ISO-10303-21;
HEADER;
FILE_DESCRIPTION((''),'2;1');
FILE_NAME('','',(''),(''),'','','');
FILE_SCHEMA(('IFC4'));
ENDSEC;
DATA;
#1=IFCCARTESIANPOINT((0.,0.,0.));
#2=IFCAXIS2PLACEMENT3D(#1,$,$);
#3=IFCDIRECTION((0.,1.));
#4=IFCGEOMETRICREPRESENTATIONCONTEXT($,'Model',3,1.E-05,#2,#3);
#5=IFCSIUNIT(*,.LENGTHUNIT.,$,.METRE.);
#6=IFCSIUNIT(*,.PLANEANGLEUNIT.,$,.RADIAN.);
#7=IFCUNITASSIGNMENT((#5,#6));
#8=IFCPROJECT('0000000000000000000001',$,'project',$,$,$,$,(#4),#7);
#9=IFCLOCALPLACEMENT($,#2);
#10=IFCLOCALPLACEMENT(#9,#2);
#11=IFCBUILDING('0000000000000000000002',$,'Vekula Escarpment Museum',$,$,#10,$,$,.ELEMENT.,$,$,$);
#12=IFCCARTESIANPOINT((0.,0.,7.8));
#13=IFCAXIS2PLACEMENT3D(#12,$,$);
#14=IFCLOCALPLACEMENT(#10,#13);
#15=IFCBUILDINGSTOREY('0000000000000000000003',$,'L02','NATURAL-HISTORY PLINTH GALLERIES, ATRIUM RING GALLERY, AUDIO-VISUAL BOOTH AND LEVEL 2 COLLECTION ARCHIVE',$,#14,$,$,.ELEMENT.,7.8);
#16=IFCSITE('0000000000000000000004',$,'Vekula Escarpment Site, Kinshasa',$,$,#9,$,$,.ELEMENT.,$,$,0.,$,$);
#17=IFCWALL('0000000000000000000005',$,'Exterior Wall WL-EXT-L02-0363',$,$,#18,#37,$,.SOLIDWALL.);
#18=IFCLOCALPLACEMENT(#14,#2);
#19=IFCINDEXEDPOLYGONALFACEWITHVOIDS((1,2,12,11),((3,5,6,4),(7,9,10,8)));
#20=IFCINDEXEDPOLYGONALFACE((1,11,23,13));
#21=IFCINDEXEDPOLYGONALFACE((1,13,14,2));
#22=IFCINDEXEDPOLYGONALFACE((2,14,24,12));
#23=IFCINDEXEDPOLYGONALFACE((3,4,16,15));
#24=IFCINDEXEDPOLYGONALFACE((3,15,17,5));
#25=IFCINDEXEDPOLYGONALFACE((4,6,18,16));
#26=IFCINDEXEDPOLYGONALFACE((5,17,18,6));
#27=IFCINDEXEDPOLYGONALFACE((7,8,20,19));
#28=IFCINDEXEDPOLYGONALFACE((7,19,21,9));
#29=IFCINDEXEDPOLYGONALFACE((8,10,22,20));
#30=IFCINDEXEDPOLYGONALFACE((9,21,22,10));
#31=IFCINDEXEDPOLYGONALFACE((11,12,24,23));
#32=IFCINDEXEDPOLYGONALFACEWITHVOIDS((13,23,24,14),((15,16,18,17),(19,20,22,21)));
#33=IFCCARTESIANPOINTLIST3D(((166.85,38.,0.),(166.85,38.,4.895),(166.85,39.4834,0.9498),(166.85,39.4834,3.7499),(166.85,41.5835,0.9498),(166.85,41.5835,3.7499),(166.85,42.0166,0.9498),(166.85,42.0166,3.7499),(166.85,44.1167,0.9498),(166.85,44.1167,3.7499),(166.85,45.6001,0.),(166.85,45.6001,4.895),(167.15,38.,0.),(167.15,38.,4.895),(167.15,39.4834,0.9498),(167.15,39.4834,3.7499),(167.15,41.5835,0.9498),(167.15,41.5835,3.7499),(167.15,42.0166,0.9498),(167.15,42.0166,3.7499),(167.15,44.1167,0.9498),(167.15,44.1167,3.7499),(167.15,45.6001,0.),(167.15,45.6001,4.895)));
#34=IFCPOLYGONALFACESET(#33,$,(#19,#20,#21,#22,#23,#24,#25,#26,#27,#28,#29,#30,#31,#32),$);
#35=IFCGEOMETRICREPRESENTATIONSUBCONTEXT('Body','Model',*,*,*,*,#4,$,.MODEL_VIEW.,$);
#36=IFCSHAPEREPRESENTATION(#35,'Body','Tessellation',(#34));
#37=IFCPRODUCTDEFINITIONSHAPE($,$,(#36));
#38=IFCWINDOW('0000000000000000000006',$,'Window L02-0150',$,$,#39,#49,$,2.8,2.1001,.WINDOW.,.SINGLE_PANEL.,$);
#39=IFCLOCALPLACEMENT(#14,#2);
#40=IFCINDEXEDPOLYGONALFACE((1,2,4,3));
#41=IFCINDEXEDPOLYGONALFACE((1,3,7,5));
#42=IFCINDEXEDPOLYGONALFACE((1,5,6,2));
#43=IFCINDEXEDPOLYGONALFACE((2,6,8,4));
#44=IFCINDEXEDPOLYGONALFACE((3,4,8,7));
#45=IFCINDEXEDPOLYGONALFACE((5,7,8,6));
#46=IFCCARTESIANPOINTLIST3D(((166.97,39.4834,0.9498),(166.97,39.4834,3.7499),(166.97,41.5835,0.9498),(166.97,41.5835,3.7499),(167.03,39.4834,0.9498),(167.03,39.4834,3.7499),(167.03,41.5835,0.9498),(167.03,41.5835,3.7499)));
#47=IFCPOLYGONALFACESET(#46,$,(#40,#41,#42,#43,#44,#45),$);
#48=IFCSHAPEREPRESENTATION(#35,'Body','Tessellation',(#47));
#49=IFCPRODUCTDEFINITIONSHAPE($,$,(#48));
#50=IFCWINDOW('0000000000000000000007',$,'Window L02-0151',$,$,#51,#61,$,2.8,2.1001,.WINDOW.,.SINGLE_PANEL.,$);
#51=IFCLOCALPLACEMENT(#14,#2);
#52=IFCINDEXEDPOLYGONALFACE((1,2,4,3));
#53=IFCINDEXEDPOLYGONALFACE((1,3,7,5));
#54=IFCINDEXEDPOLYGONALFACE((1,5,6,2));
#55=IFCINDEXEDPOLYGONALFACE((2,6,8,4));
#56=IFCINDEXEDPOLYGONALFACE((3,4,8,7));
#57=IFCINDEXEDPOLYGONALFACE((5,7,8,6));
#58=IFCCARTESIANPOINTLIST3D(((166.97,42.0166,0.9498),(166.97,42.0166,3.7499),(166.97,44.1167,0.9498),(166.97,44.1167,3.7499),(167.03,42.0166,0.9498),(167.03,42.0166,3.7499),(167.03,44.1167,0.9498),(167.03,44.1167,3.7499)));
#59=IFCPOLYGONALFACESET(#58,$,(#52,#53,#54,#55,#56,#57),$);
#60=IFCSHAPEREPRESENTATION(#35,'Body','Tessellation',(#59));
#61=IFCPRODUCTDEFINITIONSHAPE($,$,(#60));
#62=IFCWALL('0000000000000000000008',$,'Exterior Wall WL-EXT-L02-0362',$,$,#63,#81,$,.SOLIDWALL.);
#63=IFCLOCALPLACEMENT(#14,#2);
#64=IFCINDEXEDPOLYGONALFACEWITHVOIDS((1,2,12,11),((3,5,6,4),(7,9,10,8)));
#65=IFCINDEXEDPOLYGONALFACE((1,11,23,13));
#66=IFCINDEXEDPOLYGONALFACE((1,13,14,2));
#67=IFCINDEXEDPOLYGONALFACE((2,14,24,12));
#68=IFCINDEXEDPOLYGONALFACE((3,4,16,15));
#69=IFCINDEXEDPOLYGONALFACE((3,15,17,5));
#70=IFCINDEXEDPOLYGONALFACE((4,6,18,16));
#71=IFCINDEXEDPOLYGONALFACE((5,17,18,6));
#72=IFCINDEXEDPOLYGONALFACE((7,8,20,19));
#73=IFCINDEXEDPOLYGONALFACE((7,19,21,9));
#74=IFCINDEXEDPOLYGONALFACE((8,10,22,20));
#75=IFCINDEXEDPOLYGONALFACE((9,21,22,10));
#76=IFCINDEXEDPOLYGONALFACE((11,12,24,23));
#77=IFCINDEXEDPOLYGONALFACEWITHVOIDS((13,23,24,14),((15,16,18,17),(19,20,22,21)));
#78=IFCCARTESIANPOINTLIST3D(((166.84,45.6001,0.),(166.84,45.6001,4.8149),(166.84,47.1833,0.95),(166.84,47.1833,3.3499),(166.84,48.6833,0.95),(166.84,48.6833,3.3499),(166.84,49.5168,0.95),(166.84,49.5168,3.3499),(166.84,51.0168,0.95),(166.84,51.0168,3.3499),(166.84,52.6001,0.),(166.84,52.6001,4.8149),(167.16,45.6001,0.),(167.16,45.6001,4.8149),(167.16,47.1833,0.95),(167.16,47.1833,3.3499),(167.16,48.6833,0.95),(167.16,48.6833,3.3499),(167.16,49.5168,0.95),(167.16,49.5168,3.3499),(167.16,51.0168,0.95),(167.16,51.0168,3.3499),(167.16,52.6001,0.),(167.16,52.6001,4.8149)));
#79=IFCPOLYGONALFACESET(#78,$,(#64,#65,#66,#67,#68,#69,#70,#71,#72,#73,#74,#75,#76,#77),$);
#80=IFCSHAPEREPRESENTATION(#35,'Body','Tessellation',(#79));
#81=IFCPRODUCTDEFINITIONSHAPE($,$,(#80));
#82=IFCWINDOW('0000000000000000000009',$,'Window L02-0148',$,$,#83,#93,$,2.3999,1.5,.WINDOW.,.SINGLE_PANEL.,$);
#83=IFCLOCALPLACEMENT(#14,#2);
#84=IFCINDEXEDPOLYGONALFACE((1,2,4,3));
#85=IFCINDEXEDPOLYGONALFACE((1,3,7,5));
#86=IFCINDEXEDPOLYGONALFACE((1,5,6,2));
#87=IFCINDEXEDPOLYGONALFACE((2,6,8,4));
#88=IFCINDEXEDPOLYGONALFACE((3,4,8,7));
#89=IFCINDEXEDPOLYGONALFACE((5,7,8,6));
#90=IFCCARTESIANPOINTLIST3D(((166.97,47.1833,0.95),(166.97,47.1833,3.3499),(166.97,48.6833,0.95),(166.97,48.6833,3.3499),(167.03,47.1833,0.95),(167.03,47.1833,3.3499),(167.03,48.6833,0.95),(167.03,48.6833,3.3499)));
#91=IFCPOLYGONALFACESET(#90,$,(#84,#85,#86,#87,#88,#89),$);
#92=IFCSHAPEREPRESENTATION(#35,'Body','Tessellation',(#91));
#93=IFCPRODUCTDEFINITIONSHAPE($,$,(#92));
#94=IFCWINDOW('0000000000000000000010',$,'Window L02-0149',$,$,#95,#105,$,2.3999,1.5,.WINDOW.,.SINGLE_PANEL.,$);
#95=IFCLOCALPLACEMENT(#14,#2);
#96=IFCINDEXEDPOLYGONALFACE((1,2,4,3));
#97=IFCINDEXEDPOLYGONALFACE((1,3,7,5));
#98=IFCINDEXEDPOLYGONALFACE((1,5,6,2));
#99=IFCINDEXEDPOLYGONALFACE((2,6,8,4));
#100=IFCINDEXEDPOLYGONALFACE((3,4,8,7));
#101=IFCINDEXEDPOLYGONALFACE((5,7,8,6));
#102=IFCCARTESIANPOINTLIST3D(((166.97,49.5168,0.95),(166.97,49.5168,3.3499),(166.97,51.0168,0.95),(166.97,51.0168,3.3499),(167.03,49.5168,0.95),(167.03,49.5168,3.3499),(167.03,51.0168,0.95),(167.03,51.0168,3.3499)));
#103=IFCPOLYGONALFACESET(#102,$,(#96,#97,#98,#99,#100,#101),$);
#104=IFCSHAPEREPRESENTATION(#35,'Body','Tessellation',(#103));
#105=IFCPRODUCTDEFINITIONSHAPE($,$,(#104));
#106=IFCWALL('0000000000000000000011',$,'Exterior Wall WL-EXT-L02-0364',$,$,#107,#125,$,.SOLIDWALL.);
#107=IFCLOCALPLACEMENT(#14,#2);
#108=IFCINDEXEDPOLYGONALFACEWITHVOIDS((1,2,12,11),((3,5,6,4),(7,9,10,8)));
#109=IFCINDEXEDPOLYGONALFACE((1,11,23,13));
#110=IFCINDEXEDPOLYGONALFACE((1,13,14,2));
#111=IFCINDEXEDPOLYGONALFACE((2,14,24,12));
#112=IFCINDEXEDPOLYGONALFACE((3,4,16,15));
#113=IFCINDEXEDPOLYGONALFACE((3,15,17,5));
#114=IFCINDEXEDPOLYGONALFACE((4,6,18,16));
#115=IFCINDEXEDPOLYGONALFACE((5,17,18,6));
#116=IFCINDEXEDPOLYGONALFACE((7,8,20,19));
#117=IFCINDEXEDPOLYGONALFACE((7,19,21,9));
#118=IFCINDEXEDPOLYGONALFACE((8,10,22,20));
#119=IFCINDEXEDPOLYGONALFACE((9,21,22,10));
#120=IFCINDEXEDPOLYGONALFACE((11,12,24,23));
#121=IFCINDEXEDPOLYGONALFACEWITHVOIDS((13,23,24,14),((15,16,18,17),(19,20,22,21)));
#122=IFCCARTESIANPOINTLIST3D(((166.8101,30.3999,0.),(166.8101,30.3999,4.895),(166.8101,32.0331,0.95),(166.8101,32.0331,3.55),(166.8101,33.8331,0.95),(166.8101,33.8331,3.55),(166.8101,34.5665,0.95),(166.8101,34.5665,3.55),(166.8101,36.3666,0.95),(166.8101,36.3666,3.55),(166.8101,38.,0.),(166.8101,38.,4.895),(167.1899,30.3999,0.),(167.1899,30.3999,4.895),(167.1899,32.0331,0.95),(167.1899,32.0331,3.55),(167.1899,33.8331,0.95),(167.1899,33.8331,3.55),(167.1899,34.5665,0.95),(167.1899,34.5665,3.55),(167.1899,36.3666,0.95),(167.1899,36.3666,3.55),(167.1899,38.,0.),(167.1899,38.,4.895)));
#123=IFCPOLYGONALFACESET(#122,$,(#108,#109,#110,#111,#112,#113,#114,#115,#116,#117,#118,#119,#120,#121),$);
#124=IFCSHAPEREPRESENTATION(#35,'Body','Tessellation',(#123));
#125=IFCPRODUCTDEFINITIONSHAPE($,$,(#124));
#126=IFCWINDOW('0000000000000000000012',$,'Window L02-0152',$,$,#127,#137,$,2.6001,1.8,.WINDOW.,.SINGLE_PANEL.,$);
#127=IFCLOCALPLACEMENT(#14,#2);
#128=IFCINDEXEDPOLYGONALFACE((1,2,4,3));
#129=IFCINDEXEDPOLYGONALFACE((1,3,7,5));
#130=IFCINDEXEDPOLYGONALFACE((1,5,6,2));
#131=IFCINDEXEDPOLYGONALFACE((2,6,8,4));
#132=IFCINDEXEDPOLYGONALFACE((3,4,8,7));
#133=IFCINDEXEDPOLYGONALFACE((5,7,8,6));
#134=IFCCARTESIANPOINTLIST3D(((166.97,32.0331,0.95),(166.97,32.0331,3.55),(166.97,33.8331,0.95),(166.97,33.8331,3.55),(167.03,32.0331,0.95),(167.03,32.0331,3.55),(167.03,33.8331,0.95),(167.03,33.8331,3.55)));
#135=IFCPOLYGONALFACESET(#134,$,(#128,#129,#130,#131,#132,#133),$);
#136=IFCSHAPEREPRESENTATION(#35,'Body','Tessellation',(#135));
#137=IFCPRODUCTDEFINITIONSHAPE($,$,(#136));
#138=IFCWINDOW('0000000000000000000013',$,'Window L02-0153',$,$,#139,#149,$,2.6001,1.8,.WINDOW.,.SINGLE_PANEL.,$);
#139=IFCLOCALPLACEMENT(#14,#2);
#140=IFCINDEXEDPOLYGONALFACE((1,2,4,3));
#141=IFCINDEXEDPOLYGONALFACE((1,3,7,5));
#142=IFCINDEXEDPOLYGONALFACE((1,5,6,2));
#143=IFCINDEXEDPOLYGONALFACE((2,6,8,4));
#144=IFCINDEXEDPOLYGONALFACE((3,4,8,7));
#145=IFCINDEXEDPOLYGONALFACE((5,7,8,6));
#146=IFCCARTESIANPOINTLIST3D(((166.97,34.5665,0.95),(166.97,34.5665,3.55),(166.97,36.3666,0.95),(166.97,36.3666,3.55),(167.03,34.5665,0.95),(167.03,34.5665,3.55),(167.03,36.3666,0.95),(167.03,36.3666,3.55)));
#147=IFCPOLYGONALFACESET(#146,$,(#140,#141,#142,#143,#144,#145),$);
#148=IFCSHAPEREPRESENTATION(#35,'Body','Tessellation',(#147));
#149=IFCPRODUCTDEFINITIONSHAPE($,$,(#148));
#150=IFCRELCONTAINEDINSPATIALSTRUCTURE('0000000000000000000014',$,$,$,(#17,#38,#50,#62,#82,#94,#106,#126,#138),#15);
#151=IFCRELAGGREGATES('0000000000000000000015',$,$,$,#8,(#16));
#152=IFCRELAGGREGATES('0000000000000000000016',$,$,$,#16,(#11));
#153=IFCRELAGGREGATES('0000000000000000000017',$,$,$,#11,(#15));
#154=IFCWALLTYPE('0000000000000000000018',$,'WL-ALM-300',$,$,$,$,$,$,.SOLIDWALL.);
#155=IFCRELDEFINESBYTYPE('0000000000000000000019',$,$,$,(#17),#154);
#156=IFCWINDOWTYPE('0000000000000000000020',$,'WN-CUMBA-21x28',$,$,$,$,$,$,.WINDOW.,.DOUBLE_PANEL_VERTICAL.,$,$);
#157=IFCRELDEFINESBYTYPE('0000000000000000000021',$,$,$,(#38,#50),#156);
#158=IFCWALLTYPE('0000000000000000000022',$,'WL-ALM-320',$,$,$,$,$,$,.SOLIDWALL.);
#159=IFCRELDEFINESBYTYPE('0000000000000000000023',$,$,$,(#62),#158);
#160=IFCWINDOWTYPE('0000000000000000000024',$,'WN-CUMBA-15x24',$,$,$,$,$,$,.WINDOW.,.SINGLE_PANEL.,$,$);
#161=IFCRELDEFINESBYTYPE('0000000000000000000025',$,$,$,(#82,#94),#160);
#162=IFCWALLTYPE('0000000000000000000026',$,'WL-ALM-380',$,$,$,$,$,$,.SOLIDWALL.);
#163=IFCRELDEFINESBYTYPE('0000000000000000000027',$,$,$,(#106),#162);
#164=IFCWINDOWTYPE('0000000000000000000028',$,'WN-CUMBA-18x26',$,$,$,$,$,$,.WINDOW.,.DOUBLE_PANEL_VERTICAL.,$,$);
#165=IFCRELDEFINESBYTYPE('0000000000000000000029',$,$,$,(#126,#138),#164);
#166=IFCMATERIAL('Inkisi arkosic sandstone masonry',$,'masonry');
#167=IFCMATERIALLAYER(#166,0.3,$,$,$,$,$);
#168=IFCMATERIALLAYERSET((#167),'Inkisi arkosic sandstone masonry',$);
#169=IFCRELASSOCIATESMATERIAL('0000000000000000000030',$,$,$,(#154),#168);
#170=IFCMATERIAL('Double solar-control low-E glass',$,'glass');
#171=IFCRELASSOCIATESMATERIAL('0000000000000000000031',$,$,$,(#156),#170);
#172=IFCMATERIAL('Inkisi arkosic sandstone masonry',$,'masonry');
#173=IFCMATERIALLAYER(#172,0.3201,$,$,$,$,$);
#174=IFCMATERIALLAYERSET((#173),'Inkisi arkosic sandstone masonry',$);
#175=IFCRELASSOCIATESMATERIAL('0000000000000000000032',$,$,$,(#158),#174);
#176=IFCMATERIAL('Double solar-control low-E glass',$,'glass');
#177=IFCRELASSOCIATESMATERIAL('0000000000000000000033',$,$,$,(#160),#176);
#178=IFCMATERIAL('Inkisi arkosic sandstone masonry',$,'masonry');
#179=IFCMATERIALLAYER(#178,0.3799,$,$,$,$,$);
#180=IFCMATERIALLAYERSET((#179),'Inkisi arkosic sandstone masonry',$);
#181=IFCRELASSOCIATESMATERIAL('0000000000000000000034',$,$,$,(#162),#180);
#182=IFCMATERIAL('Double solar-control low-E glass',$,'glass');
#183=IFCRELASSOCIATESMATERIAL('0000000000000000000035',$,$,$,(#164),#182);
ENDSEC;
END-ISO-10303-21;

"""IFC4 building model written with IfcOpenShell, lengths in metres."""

from ifc_helpers import new_model, si_unit, direction, frame, frame_2d, origin, place, context, subcontext, project, spatial, rectangle, extrude, material, layer, layer_set, type_object, element, fill, save


model = new_model("IFC4")

# Units and contexts
model_context = context("Model", 3, precision=1e-05, world=origin(), true_north=direction((0.0, 1.0)))
body_context = subcontext(model_context, "Body", "Model", "MODEL_VIEW")
ifc_project = project(units=[si_unit("LENGTHUNIT", "METRE"), si_unit("PLANEANGLEUNIT", "RADIAN")], contexts=[model_context])

# Site, building, storey
site_placement = place(None, origin())
site = spatial("IfcSite", under=ifc_project, at=site_placement, Name="Vekula Escarpment Site, Kinshasa", CompositionType="ELEMENT", RefElevation=0.0)
building_placement = place(site_placement, origin())
building = spatial("IfcBuilding", under=site, at=building_placement, Name="Vekula Escarpment Museum", CompositionType="ELEMENT")
storey_placement = place(building_placement, frame((0.0, 0.0, 7.8)))
storey = spatial("IfcBuildingStorey", under=building, at=storey_placement, Name="L02", Description="NATURAL-HISTORY PLINTH GALLERIES, ATRIUM RING GALLERY, AUDIO-VISUAL BOOTH AND LEVEL 2 COLLECTION ARCHIVE", CompositionType="ELEMENT", Elevation=7.8)

# Walls, openings, windows
ifc_material_1 = material(Name="Inkisi arkosic sandstone masonry", Category="masonry")
ifc_layer_1 = layer(ifc_material_1, 0.3)
ifc_layer_set_1 = layer_set([ifc_layer_1], Name="Inkisi arkosic sandstone masonry")
wall_type_1 = type_object("IfcWallType", Name="WL-ALM-300", PredefinedType="SOLIDWALL", material=ifc_layer_set_1)
wall_1_placement = place(storey_placement, frame((167.0, 38.0, 0.0), z_axis=(0.0, 0.0, 1.0), x_axis=(0.0, 1.0, 0.0)))
wall_1 = element("IfcWall", 1, at=wall_1_placement, inside=storey, type_object=wall_type_1, Name="Exterior Wall WL-EXT-L02-0363", PredefinedType="SOLIDWALL", context=body_context, shape_type="SweptSolid", body=[
    extrude(rectangle(XDim=7.6001, YDim=0.3, at=frame_2d((3.8, 0.0))), origin(), (0.0, 0.0, 1.0), 4.895),
])
opening_1_placement = place(wall_1_placement, frame((1.4834, 0.0, 0.95)))
opening_1 = element("IfcOpeningElement", 2, at=opening_1_placement, cuts=wall_1, PredefinedType="OPENING", context=body_context, shape_type="SweptSolid", body=[
    extrude(rectangle(XDim=2.1001, YDim=2.8, at=frame_2d((1.05, 1.3999))), frame((0.0, 0.1599, 0.0), z_axis=(0.0, -1.0, 0.0), x_axis=(1.0, 0.0, 0.0)), (0.0, 0.0, 1.0), 0.3201),
])
opening_2_placement = place(wall_1_placement, frame((4.0166, 0.0, 0.95)))
opening_2 = element("IfcOpeningElement", 3, at=opening_2_placement, cuts=wall_1, PredefinedType="OPENING", context=body_context, shape_type="SweptSolid", body=[
    extrude(rectangle(XDim=2.1001, YDim=2.8, at=frame_2d((1.05, 1.3999))), frame((0.0, 0.1599, 0.0), z_axis=(0.0, -1.0, 0.0), x_axis=(1.0, 0.0, 0.0)), (0.0, 0.0, 1.0), 0.3201),
])
ifc_material_2 = material(Name="Double solar-control low-E glass", Category="glass")
window_type_1 = type_object("IfcWindowType", Name="WN-CUMBA-21x28", PartitioningType="DOUBLE_PANEL_VERTICAL", PredefinedType="WINDOW", material=ifc_material_2)
window_1_placement = place(opening_1_placement, origin())
window_1 = element("IfcWindow", 4, at=window_1_placement, inside=storey, type_object=window_type_1, Name="Window L02-0150", OverallHeight=2.8, OverallWidth=2.1001, PartitioningType="SINGLE_PANEL", PredefinedType="WINDOW", context=body_context, shape_type="SweptSolid", body=[
    extrude(rectangle(XDim=2.1001, YDim=2.8, at=frame_2d((1.05, 1.3999))), frame((0.0, 0.03, 0.0), z_axis=(0.0, -1.0, 0.0), x_axis=(1.0, 0.0, 0.0)), (0.0, 0.0, 1.0), 0.0601),
])
fill(opening_1, window_1)
window_2_placement = place(opening_2_placement, origin())
window_2 = element("IfcWindow", 5, at=window_2_placement, inside=storey, type_object=window_type_1, Name="Window L02-0151", OverallHeight=2.8, OverallWidth=2.1001, PartitioningType="SINGLE_PANEL", PredefinedType="WINDOW", context=body_context, shape_type="SweptSolid", body=[
    extrude(rectangle(XDim=2.1001, YDim=2.8, at=frame_2d((1.05, 1.3999))), frame((0.0, 0.03, 0.0), z_axis=(0.0, -1.0, 0.0), x_axis=(1.0, 0.0, 0.0)), (0.0, 0.0, 1.0), 0.0601),
])
fill(opening_2, window_2)
ifc_material_3 = material(Name="Inkisi arkosic sandstone masonry", Category="masonry")
ifc_layer_2 = layer(ifc_material_3, 0.3201)
ifc_layer_set_2 = layer_set([ifc_layer_2], Name="Inkisi arkosic sandstone masonry")
wall_type_2 = type_object("IfcWallType", Name="WL-ALM-320", PredefinedType="SOLIDWALL", material=ifc_layer_set_2)
wall_2_placement = place(storey_placement, frame((167.0, 45.6001, 0.0), z_axis=(0.0, 0.0, 1.0), x_axis=(0.0, 1.0, 0.0)))
wall_2 = element("IfcWall", 6, at=wall_2_placement, inside=storey, type_object=wall_type_2, Name="Exterior Wall WL-EXT-L02-0362", PredefinedType="SOLIDWALL", context=body_context, shape_type="SweptSolid", body=[
    extrude(rectangle(XDim=7.0, YDim=0.3201, at=frame_2d((3.5, 0.0))), origin(), (0.0, 0.0, 1.0), 4.8149),
])
opening_3_placement = place(wall_2_placement, frame((1.5833, 0.0, 0.95)))
opening_3 = element("IfcOpeningElement", 7, at=opening_3_placement, cuts=wall_2, PredefinedType="OPENING", context=body_context, shape_type="SweptSolid", body=[
    extrude(rectangle(XDim=1.5, YDim=2.3999, at=frame_2d((0.75, 1.2))), frame((0.0, 0.1699, 0.0), z_axis=(0.0, -1.0, 0.0), x_axis=(1.0, 0.0, 0.0)), (0.0, 0.0, 1.0), 0.3401),
])
opening_4_placement = place(wall_2_placement, frame((3.9167, 0.0, 0.95)))
opening_4 = element("IfcOpeningElement", 8, at=opening_4_placement, cuts=wall_2, PredefinedType="OPENING", context=body_context, shape_type="SweptSolid", body=[
    extrude(rectangle(XDim=1.5, YDim=2.3999, at=frame_2d((0.75, 1.2))), frame((0.0, 0.1699, 0.0), z_axis=(0.0, -1.0, 0.0), x_axis=(1.0, 0.0, 0.0)), (0.0, 0.0, 1.0), 0.3401),
])
ifc_material_4 = material(Name="Double solar-control low-E glass", Category="glass")
window_type_2 = type_object("IfcWindowType", Name="WN-CUMBA-15x24", PartitioningType="SINGLE_PANEL", PredefinedType="WINDOW", material=ifc_material_4)
window_3_placement = place(opening_3_placement, origin())
window_3 = element("IfcWindow", 9, at=window_3_placement, inside=storey, type_object=window_type_2, Name="Window L02-0148", OverallHeight=2.3999, OverallWidth=1.5, PartitioningType="SINGLE_PANEL", PredefinedType="WINDOW", context=body_context, shape_type="SweptSolid", body=[
    extrude(rectangle(XDim=1.5, YDim=2.3999, at=frame_2d((0.75, 1.2))), frame((0.0, 0.03, 0.0), z_axis=(0.0, -1.0, 0.0), x_axis=(1.0, 0.0, 0.0)), (0.0, 0.0, 1.0), 0.0601),
])
fill(opening_3, window_3)
window_4_placement = place(opening_4_placement, origin())
window_4 = element("IfcWindow", 10, at=window_4_placement, inside=storey, type_object=window_type_2, Name="Window L02-0149", OverallHeight=2.3999, OverallWidth=1.5, PartitioningType="SINGLE_PANEL", PredefinedType="WINDOW", context=body_context, shape_type="SweptSolid", body=[
    extrude(rectangle(XDim=1.5, YDim=2.3999, at=frame_2d((0.75, 1.2))), frame((0.0, 0.03, 0.0), z_axis=(0.0, -1.0, 0.0), x_axis=(1.0, 0.0, 0.0)), (0.0, 0.0, 1.0), 0.0601),
])
fill(opening_4, window_4)
ifc_material_5 = material(Name="Inkisi arkosic sandstone masonry", Category="masonry")
ifc_layer_3 = layer(ifc_material_5, 0.3799)
ifc_layer_set_3 = layer_set([ifc_layer_3], Name="Inkisi arkosic sandstone masonry")
wall_type_3 = type_object("IfcWallType", Name="WL-ALM-380", PredefinedType="SOLIDWALL", material=ifc_layer_set_3)
wall_3_placement = place(storey_placement, frame((167.0, 30.3999, 0.0), z_axis=(0.0, 0.0, 1.0), x_axis=(0.0, 1.0, 0.0)))
wall_3 = element("IfcWall", 11, at=wall_3_placement, inside=storey, type_object=wall_type_3, Name="Exterior Wall WL-EXT-L02-0364", PredefinedType="SOLIDWALL", context=body_context, shape_type="SweptSolid", body=[
    extrude(rectangle(XDim=7.6001, YDim=0.3799, at=frame_2d((3.8, 0.0))), origin(), (0.0, 0.0, 1.0), 4.895),
])
opening_5_placement = place(wall_3_placement, frame((1.6333, 0.0, 0.95)))
opening_5 = element("IfcOpeningElement", 12, at=opening_5_placement, cuts=wall_3, PredefinedType="OPENING", context=body_context, shape_type="SweptSolid", body=[
    extrude(rectangle(XDim=1.8, YDim=2.6001, at=frame_2d((0.8999, 1.3))), frame((0.0, 0.2, 0.0), z_axis=(0.0, -1.0, 0.0), x_axis=(1.0, 0.0, 0.0)), (0.0, 0.0, 1.0), 0.3999),
])
opening_6_placement = place(wall_3_placement, frame((4.1667, 0.0, 0.95)))
opening_6 = element("IfcOpeningElement", 13, at=opening_6_placement, cuts=wall_3, PredefinedType="OPENING", context=body_context, shape_type="SweptSolid", body=[
    extrude(rectangle(XDim=1.8, YDim=2.6001, at=frame_2d((0.8999, 1.3))), frame((0.0, 0.2, 0.0), z_axis=(0.0, -1.0, 0.0), x_axis=(1.0, 0.0, 0.0)), (0.0, 0.0, 1.0), 0.3999),
])
ifc_material_6 = material(Name="Double solar-control low-E glass", Category="glass")
window_type_3 = type_object("IfcWindowType", Name="WN-CUMBA-18x26", PartitioningType="DOUBLE_PANEL_VERTICAL", PredefinedType="WINDOW", material=ifc_material_6)
window_5_placement = place(opening_5_placement, origin())
window_5 = element("IfcWindow", 14, at=window_5_placement, inside=storey, type_object=window_type_3, Name="Window L02-0152", OverallHeight=2.6001, OverallWidth=1.8, PartitioningType="SINGLE_PANEL", PredefinedType="WINDOW", context=body_context, shape_type="SweptSolid", body=[
    extrude(rectangle(XDim=1.8, YDim=2.6001, at=frame_2d((0.8999, 1.3))), frame((0.0, 0.03, 0.0), z_axis=(0.0, -1.0, 0.0), x_axis=(1.0, 0.0, 0.0)), (0.0, 0.0, 1.0), 0.0601),
])
fill(opening_5, window_5)
window_6_placement = place(opening_6_placement, origin())
window_6 = element("IfcWindow", 15, at=window_6_placement, inside=storey, type_object=window_type_3, Name="Window L02-0153", OverallHeight=2.6001, OverallWidth=1.8, PartitioningType="SINGLE_PANEL", PredefinedType="WINDOW", context=body_context, shape_type="SweptSolid", body=[
    extrude(rectangle(XDim=1.8, YDim=2.6001, at=frame_2d((0.8999, 1.3))), frame((0.0, 0.03, 0.0), z_axis=(0.0, -1.0, 0.0), x_axis=(1.0, 0.0, 0.0)), (0.0, 0.0, 1.0), 0.0601),
])
fill(opening_6, window_6)

save(model, "model.ifc")
